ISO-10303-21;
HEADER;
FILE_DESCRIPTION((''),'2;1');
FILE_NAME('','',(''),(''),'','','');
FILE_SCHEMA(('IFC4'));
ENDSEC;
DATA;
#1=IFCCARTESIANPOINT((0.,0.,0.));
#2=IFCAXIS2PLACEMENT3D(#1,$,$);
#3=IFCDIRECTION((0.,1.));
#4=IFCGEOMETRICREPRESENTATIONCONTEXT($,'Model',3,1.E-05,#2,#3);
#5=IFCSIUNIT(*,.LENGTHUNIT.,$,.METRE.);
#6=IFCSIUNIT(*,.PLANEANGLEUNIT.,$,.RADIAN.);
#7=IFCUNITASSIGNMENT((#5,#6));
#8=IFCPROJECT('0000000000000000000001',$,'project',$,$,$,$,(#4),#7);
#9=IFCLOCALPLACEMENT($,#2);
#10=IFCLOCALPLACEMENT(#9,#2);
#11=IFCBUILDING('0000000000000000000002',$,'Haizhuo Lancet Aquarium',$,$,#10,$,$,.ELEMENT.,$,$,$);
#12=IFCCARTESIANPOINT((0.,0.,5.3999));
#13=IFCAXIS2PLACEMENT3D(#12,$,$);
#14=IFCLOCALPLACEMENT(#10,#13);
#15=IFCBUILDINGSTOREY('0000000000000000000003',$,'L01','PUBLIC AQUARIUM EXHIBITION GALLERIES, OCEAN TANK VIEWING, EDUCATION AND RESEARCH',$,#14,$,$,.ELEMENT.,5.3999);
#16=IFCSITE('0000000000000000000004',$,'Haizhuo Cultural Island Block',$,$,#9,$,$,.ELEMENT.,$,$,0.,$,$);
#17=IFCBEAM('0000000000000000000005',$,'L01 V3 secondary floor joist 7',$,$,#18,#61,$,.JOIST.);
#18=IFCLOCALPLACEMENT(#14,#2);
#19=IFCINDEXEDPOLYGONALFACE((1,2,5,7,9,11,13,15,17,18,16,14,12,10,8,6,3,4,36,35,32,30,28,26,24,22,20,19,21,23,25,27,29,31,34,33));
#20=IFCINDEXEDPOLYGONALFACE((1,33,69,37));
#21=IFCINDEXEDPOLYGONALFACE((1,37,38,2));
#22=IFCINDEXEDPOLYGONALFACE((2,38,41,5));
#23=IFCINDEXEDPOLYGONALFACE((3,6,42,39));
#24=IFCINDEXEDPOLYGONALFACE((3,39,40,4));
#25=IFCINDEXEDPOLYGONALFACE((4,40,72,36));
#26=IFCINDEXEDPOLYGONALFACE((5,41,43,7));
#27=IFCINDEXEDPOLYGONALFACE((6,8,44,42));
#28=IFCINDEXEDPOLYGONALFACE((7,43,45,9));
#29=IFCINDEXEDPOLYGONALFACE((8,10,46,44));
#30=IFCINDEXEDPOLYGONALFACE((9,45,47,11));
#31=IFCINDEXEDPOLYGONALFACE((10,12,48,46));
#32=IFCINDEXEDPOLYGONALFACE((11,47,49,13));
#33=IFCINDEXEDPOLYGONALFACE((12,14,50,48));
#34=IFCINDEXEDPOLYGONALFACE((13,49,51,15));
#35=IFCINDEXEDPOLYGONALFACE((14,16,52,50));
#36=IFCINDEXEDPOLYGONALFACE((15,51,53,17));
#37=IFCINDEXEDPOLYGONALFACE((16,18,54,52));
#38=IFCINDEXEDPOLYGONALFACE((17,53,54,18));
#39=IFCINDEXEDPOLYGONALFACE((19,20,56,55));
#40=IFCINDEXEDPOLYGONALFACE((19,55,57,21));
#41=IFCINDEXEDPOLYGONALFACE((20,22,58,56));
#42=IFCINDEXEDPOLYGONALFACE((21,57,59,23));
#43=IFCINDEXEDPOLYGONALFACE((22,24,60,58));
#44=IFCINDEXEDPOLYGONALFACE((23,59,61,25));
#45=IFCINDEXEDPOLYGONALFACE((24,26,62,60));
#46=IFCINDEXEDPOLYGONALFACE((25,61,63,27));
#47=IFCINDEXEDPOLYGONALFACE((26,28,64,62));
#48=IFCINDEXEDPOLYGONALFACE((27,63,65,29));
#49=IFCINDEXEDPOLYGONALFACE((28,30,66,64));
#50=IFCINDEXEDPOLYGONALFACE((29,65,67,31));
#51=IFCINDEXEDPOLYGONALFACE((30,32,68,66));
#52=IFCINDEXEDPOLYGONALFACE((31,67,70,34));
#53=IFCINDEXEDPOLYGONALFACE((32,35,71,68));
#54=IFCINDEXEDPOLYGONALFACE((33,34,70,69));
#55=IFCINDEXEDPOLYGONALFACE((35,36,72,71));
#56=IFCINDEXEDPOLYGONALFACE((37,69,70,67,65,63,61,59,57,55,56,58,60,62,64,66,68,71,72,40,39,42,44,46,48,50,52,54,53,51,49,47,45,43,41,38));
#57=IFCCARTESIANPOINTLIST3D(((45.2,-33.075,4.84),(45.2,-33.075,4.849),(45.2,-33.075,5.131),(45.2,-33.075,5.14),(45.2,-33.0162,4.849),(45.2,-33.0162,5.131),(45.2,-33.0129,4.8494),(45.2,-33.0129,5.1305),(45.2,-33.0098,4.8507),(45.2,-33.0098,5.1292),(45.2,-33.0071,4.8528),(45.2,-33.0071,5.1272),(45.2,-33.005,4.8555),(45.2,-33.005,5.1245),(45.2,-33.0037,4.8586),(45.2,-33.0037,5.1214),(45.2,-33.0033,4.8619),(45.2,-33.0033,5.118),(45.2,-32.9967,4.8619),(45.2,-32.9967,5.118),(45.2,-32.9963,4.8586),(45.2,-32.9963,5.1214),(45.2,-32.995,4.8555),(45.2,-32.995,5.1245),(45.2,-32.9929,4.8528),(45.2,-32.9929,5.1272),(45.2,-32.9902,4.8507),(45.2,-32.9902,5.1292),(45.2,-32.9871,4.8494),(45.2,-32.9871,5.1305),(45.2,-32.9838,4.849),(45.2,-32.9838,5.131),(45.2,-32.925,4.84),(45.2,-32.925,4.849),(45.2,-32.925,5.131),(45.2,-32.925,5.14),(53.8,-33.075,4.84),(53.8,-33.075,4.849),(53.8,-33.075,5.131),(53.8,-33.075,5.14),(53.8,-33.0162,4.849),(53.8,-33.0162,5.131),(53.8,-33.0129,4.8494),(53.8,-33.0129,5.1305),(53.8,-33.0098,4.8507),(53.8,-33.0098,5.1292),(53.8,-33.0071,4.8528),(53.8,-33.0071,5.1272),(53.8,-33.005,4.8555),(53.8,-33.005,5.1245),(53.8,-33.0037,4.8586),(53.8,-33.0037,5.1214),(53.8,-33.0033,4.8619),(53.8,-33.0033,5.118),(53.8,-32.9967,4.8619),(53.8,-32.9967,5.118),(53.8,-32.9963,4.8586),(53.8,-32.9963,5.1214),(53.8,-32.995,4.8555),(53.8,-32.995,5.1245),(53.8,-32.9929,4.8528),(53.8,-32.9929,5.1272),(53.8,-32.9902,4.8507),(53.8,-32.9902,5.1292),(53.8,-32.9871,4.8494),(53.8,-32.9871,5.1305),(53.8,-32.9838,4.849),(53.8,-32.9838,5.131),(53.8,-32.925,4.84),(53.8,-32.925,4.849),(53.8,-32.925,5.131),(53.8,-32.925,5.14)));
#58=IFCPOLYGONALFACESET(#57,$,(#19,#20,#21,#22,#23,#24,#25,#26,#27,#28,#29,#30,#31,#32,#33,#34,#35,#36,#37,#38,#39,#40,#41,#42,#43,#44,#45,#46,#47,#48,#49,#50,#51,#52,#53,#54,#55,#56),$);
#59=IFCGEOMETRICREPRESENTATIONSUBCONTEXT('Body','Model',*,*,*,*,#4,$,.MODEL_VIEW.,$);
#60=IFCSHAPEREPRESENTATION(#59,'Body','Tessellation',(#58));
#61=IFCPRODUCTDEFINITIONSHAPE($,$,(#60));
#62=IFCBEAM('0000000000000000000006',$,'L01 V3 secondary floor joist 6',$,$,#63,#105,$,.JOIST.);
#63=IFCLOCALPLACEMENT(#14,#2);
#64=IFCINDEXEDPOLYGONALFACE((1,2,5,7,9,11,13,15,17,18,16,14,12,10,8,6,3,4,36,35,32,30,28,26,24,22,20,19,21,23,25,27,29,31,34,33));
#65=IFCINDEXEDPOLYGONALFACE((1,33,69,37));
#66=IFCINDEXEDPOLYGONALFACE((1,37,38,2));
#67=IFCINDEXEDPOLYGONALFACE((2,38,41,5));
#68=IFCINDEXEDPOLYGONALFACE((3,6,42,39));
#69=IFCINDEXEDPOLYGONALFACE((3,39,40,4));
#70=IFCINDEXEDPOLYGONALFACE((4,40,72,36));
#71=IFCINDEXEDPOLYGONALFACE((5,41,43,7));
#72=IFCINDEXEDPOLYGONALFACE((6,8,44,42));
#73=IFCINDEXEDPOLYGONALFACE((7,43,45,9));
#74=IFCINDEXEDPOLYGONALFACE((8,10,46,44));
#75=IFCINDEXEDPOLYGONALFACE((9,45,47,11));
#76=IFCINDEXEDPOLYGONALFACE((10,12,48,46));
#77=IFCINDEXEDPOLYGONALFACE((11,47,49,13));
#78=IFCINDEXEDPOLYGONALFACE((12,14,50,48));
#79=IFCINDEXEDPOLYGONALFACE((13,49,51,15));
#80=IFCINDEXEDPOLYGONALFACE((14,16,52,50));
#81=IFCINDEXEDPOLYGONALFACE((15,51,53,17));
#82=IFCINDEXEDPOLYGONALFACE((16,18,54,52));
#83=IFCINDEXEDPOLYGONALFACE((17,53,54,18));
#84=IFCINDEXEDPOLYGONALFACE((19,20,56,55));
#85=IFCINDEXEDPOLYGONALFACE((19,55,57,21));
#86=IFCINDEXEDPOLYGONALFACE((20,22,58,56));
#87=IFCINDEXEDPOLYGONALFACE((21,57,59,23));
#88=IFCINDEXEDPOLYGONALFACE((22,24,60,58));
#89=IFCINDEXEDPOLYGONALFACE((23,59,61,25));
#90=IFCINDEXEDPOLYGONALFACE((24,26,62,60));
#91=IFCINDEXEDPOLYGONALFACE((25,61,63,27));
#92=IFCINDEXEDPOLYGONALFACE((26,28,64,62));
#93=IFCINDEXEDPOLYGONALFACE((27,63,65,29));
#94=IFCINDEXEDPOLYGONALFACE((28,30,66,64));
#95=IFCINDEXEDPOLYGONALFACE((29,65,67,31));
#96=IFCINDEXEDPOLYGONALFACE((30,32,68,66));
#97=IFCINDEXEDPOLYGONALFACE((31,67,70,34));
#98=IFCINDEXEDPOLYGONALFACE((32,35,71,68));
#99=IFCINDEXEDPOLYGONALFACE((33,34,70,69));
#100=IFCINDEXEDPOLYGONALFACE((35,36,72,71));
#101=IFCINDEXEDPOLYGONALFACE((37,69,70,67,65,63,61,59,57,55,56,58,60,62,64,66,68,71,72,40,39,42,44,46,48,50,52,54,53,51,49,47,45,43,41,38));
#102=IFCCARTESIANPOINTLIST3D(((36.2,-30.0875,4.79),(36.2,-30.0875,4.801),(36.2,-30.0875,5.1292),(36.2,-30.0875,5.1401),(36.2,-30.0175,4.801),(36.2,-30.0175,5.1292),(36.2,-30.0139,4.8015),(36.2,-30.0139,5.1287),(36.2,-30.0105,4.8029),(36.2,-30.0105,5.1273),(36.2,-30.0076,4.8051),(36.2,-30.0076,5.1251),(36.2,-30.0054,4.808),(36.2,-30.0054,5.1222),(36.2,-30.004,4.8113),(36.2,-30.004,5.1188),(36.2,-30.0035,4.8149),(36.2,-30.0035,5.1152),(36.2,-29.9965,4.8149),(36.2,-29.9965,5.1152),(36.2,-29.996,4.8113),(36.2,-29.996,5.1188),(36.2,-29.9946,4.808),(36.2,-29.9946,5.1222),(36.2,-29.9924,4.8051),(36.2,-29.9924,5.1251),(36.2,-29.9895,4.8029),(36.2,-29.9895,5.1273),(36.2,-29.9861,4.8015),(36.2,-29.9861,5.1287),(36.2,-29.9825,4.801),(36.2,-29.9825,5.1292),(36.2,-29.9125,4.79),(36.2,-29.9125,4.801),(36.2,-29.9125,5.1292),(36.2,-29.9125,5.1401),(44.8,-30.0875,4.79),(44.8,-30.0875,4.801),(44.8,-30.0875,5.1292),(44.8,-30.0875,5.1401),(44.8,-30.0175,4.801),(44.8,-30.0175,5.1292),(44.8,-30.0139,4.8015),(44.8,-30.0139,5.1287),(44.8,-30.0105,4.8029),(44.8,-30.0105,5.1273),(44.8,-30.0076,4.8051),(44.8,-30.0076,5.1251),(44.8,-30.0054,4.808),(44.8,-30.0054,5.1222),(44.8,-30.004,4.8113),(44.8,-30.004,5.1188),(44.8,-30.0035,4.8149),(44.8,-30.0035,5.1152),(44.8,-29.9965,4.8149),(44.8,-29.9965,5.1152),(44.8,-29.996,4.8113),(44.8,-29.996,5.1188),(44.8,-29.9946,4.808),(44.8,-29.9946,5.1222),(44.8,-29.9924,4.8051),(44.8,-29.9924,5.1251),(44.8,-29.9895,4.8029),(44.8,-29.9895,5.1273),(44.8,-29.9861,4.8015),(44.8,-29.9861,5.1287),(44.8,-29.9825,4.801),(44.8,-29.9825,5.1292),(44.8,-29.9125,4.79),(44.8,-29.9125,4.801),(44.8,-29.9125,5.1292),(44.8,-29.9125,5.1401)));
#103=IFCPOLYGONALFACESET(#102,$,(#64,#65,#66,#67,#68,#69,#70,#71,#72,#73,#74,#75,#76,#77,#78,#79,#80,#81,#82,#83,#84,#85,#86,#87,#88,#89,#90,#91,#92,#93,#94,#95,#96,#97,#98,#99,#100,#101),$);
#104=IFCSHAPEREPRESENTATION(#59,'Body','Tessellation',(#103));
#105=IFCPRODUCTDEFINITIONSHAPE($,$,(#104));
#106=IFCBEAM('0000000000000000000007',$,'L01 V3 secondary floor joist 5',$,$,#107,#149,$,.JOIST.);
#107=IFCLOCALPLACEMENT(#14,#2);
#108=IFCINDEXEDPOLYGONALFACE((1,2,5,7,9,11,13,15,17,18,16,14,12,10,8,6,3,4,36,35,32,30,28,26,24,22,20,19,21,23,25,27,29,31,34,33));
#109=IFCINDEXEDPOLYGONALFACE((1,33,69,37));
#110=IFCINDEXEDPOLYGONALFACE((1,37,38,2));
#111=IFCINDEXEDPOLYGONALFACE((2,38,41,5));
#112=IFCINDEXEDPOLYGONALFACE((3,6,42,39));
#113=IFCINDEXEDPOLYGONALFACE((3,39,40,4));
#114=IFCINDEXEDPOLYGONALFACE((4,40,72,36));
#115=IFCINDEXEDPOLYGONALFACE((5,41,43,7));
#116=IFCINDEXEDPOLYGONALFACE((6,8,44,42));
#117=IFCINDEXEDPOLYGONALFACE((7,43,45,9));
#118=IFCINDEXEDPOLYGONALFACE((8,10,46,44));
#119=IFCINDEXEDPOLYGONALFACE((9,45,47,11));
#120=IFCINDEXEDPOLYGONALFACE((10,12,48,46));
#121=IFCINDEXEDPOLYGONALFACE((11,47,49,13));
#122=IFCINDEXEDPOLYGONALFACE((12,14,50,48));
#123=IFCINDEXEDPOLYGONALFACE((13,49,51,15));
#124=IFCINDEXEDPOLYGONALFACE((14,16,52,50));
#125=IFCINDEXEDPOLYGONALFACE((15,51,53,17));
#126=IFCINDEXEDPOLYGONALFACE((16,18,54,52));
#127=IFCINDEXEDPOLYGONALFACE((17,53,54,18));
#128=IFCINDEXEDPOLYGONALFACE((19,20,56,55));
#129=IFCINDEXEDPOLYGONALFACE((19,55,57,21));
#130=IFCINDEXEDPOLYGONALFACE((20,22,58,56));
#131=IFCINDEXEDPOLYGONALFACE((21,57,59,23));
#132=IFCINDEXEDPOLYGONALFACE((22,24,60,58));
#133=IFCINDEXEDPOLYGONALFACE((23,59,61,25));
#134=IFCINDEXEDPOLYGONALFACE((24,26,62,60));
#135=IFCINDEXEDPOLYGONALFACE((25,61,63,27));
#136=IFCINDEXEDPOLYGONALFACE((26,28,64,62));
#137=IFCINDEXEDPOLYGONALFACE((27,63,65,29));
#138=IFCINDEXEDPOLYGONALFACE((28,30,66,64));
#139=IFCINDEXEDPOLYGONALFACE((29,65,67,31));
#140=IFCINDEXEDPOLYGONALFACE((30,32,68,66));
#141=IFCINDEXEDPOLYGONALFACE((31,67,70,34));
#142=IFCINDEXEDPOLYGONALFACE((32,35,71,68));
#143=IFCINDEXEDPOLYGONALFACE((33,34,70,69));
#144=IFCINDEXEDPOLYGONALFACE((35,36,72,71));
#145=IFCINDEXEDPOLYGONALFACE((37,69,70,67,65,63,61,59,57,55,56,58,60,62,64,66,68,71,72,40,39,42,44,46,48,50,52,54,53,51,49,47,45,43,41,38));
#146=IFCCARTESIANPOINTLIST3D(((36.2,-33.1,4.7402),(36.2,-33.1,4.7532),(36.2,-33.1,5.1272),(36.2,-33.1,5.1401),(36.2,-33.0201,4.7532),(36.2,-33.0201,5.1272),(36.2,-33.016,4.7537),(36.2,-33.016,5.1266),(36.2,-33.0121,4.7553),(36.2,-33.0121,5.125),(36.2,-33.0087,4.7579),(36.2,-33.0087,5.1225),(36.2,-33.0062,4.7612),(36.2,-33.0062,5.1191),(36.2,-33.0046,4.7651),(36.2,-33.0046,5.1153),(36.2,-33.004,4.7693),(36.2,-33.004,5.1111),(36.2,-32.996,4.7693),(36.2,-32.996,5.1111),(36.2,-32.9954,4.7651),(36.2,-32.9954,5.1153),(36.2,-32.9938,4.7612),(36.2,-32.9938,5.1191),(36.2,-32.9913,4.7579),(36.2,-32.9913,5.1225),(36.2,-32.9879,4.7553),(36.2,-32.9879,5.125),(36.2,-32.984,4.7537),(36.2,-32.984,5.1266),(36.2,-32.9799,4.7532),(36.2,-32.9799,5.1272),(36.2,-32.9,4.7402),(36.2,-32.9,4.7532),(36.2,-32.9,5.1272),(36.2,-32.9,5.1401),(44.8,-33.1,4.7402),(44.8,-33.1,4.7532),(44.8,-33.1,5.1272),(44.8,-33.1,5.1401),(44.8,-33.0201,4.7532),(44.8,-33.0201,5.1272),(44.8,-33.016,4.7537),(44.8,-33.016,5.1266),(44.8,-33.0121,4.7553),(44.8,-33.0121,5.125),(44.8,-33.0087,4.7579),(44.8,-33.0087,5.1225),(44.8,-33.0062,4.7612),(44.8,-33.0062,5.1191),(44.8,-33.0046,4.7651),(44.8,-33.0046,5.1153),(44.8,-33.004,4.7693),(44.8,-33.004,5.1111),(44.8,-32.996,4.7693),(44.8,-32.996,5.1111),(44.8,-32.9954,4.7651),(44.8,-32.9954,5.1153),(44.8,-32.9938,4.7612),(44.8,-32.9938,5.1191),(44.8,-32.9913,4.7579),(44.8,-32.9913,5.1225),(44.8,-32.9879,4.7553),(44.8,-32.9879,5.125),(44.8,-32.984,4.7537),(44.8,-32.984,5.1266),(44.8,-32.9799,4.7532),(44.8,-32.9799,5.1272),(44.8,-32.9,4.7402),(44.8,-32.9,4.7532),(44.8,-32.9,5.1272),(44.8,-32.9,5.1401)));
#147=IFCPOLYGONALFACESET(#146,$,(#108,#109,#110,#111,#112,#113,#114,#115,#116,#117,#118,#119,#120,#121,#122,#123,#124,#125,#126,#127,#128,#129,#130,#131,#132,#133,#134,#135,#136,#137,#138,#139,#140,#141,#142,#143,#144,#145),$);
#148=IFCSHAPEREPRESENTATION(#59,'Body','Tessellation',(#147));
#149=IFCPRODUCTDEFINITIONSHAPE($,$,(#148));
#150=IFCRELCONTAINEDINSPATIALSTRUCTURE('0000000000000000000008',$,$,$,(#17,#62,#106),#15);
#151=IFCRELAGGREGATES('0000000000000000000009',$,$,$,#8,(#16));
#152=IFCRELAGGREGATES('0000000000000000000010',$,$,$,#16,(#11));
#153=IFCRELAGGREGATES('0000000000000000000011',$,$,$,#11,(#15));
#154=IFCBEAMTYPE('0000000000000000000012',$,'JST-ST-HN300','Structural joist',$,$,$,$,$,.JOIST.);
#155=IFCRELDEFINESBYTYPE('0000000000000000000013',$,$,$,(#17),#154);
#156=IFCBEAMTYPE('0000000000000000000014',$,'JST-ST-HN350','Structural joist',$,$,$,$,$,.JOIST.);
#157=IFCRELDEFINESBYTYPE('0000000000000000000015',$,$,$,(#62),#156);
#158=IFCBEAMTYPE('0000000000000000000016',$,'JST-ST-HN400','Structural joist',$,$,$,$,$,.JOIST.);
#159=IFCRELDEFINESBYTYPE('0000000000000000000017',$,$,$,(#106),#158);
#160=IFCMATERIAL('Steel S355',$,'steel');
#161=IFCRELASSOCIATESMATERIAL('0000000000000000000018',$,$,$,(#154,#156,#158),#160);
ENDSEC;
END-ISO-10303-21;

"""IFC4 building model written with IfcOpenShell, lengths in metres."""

from ifc_helpers import new_model, si_unit, direction, frame, origin, origin_2d, place, context, subcontext, project, spatial, i_section, extrude, material, material_profile, profile_set, type_object, element, save


model = new_model("IFC4")

# Units and contexts
model_context = context("Model", 3, precision=1e-05, world=origin(), true_north=direction((0.0, 1.0)))
body_context = subcontext(model_context, "Body", "Model", "MODEL_VIEW")
ifc_project = project(units=[si_unit("LENGTHUNIT", "METRE"), si_unit("PLANEANGLEUNIT", "RADIAN")], contexts=[model_context])

# Site, building, storey
site_placement = place(None, origin())
site = spatial("IfcSite", under=ifc_project, at=site_placement, Name="Haizhuo Cultural Island Block", CompositionType="ELEMENT", RefElevation=0.0)
building_placement = place(site_placement, origin())
building = spatial("IfcBuilding", under=site, at=building_placement, Name="Haizhuo Lancet Aquarium", CompositionType="ELEMENT")
storey_placement = place(building_placement, frame((0.0, 0.0, 5.3999)))
storey = spatial("IfcBuildingStorey", under=building, at=storey_placement, Name="L01", Description="PUBLIC AQUARIUM EXHIBITION GALLERIES, OCEAN TANK VIEWING, EDUCATION AND RESEARCH", CompositionType="ELEMENT", Elevation=5.3999)

# Beams
ifc_material_1 = material(Name="Steel S355", Category="steel")
ifc_material_profile_1 = material_profile(ifc_material_1, i_section(OverallWidth=0.1499, OverallDepth=0.3, WebThickness=0.0066, FlangeThickness=0.009, FilletRadius=0.0129, at=origin_2d()), Name="HN 300x150x6.5x9")
ifc_profile_set_1 = profile_set([ifc_material_profile_1], Name="Steel S355")
beam_type_1 = type_object("IfcBeamType", Name="JST-ST-HN300", Description="Structural joist", PredefinedType="JOIST", material=ifc_profile_set_1)
beam_1_placement = place(storey_placement, frame((45.2, -33.0, 4.99), z_axis=(1.0, 0.0, 0.0), x_axis=(0.0, 1.0, 0.0)))
element("IfcBeam", 1, at=beam_1_placement, inside=storey, type_object=beam_type_1, Name="L01 V3 secondary floor joist 7", PredefinedType="JOIST", context=body_context, shape_type="SweptSolid", body=[
    extrude(i_section(OverallWidth=0.1499, OverallDepth=0.3, WebThickness=0.0066, FlangeThickness=0.009, FilletRadius=0.0129, at=origin_2d()), origin(), (0.0, 0.0, 1.0), 8.6001),
])
ifc_material_profile_2 = material_profile(ifc_material_1, i_section(OverallWidth=0.175, OverallDepth=0.3501, WebThickness=0.0071, FlangeThickness=0.011, FilletRadius=0.0139, at=origin_2d()), Name="HN 350x175x7x11")
ifc_profile_set_2 = profile_set([ifc_material_profile_2], Name="Steel S355")
beam_type_2 = type_object("IfcBeamType", Name="JST-ST-HN350", Description="Structural joist", PredefinedType="JOIST", material=ifc_profile_set_2)
beam_2_placement = place(storey_placement, frame((36.2, -30.0, 4.9651), z_axis=(1.0, 0.0, 0.0), x_axis=(0.0, 1.0, 0.0)))
element("IfcBeam", 2, at=beam_2_placement, inside=storey, type_object=beam_type_2, Name="L01 V3 secondary floor joist 6", PredefinedType="JOIST", context=body_context, shape_type="SweptSolid", body=[
    extrude(i_section(OverallWidth=0.175, OverallDepth=0.3501, WebThickness=0.0071, FlangeThickness=0.011, FilletRadius=0.0139, at=origin_2d()), origin(), (0.0, 0.0, 1.0), 8.6001),
])
ifc_material_profile_3 = material_profile(ifc_material_1, i_section(OverallWidth=0.2, OverallDepth=0.3999, WebThickness=0.0081, FlangeThickness=0.0129, FilletRadius=0.0161, at=origin_2d()), Name="HN 400x200x8x13")
ifc_profile_set_3 = profile_set([ifc_material_profile_3], Name="Steel S355")
beam_type_3 = type_object("IfcBeamType", Name="JST-ST-HN400", Description="Structural joist", PredefinedType="JOIST", material=ifc_profile_set_3)
beam_3_placement = place(storey_placement, frame((36.2, -33.0, 4.9402), z_axis=(1.0, 0.0, 0.0), x_axis=(0.0, 1.0, 0.0)))
element("IfcBeam", 3, at=beam_3_placement, inside=storey, type_object=beam_type_3, Name="L01 V3 secondary floor joist 5", PredefinedType="JOIST", context=body_context, shape_type="SweptSolid", body=[
    extrude(i_section(OverallWidth=0.2, OverallDepth=0.3999, WebThickness=0.0081, FlangeThickness=0.0129, FilletRadius=0.0161, at=origin_2d()), origin(), (0.0, 0.0, 1.0), 8.6001),
])

save(model, "model.ifc")
